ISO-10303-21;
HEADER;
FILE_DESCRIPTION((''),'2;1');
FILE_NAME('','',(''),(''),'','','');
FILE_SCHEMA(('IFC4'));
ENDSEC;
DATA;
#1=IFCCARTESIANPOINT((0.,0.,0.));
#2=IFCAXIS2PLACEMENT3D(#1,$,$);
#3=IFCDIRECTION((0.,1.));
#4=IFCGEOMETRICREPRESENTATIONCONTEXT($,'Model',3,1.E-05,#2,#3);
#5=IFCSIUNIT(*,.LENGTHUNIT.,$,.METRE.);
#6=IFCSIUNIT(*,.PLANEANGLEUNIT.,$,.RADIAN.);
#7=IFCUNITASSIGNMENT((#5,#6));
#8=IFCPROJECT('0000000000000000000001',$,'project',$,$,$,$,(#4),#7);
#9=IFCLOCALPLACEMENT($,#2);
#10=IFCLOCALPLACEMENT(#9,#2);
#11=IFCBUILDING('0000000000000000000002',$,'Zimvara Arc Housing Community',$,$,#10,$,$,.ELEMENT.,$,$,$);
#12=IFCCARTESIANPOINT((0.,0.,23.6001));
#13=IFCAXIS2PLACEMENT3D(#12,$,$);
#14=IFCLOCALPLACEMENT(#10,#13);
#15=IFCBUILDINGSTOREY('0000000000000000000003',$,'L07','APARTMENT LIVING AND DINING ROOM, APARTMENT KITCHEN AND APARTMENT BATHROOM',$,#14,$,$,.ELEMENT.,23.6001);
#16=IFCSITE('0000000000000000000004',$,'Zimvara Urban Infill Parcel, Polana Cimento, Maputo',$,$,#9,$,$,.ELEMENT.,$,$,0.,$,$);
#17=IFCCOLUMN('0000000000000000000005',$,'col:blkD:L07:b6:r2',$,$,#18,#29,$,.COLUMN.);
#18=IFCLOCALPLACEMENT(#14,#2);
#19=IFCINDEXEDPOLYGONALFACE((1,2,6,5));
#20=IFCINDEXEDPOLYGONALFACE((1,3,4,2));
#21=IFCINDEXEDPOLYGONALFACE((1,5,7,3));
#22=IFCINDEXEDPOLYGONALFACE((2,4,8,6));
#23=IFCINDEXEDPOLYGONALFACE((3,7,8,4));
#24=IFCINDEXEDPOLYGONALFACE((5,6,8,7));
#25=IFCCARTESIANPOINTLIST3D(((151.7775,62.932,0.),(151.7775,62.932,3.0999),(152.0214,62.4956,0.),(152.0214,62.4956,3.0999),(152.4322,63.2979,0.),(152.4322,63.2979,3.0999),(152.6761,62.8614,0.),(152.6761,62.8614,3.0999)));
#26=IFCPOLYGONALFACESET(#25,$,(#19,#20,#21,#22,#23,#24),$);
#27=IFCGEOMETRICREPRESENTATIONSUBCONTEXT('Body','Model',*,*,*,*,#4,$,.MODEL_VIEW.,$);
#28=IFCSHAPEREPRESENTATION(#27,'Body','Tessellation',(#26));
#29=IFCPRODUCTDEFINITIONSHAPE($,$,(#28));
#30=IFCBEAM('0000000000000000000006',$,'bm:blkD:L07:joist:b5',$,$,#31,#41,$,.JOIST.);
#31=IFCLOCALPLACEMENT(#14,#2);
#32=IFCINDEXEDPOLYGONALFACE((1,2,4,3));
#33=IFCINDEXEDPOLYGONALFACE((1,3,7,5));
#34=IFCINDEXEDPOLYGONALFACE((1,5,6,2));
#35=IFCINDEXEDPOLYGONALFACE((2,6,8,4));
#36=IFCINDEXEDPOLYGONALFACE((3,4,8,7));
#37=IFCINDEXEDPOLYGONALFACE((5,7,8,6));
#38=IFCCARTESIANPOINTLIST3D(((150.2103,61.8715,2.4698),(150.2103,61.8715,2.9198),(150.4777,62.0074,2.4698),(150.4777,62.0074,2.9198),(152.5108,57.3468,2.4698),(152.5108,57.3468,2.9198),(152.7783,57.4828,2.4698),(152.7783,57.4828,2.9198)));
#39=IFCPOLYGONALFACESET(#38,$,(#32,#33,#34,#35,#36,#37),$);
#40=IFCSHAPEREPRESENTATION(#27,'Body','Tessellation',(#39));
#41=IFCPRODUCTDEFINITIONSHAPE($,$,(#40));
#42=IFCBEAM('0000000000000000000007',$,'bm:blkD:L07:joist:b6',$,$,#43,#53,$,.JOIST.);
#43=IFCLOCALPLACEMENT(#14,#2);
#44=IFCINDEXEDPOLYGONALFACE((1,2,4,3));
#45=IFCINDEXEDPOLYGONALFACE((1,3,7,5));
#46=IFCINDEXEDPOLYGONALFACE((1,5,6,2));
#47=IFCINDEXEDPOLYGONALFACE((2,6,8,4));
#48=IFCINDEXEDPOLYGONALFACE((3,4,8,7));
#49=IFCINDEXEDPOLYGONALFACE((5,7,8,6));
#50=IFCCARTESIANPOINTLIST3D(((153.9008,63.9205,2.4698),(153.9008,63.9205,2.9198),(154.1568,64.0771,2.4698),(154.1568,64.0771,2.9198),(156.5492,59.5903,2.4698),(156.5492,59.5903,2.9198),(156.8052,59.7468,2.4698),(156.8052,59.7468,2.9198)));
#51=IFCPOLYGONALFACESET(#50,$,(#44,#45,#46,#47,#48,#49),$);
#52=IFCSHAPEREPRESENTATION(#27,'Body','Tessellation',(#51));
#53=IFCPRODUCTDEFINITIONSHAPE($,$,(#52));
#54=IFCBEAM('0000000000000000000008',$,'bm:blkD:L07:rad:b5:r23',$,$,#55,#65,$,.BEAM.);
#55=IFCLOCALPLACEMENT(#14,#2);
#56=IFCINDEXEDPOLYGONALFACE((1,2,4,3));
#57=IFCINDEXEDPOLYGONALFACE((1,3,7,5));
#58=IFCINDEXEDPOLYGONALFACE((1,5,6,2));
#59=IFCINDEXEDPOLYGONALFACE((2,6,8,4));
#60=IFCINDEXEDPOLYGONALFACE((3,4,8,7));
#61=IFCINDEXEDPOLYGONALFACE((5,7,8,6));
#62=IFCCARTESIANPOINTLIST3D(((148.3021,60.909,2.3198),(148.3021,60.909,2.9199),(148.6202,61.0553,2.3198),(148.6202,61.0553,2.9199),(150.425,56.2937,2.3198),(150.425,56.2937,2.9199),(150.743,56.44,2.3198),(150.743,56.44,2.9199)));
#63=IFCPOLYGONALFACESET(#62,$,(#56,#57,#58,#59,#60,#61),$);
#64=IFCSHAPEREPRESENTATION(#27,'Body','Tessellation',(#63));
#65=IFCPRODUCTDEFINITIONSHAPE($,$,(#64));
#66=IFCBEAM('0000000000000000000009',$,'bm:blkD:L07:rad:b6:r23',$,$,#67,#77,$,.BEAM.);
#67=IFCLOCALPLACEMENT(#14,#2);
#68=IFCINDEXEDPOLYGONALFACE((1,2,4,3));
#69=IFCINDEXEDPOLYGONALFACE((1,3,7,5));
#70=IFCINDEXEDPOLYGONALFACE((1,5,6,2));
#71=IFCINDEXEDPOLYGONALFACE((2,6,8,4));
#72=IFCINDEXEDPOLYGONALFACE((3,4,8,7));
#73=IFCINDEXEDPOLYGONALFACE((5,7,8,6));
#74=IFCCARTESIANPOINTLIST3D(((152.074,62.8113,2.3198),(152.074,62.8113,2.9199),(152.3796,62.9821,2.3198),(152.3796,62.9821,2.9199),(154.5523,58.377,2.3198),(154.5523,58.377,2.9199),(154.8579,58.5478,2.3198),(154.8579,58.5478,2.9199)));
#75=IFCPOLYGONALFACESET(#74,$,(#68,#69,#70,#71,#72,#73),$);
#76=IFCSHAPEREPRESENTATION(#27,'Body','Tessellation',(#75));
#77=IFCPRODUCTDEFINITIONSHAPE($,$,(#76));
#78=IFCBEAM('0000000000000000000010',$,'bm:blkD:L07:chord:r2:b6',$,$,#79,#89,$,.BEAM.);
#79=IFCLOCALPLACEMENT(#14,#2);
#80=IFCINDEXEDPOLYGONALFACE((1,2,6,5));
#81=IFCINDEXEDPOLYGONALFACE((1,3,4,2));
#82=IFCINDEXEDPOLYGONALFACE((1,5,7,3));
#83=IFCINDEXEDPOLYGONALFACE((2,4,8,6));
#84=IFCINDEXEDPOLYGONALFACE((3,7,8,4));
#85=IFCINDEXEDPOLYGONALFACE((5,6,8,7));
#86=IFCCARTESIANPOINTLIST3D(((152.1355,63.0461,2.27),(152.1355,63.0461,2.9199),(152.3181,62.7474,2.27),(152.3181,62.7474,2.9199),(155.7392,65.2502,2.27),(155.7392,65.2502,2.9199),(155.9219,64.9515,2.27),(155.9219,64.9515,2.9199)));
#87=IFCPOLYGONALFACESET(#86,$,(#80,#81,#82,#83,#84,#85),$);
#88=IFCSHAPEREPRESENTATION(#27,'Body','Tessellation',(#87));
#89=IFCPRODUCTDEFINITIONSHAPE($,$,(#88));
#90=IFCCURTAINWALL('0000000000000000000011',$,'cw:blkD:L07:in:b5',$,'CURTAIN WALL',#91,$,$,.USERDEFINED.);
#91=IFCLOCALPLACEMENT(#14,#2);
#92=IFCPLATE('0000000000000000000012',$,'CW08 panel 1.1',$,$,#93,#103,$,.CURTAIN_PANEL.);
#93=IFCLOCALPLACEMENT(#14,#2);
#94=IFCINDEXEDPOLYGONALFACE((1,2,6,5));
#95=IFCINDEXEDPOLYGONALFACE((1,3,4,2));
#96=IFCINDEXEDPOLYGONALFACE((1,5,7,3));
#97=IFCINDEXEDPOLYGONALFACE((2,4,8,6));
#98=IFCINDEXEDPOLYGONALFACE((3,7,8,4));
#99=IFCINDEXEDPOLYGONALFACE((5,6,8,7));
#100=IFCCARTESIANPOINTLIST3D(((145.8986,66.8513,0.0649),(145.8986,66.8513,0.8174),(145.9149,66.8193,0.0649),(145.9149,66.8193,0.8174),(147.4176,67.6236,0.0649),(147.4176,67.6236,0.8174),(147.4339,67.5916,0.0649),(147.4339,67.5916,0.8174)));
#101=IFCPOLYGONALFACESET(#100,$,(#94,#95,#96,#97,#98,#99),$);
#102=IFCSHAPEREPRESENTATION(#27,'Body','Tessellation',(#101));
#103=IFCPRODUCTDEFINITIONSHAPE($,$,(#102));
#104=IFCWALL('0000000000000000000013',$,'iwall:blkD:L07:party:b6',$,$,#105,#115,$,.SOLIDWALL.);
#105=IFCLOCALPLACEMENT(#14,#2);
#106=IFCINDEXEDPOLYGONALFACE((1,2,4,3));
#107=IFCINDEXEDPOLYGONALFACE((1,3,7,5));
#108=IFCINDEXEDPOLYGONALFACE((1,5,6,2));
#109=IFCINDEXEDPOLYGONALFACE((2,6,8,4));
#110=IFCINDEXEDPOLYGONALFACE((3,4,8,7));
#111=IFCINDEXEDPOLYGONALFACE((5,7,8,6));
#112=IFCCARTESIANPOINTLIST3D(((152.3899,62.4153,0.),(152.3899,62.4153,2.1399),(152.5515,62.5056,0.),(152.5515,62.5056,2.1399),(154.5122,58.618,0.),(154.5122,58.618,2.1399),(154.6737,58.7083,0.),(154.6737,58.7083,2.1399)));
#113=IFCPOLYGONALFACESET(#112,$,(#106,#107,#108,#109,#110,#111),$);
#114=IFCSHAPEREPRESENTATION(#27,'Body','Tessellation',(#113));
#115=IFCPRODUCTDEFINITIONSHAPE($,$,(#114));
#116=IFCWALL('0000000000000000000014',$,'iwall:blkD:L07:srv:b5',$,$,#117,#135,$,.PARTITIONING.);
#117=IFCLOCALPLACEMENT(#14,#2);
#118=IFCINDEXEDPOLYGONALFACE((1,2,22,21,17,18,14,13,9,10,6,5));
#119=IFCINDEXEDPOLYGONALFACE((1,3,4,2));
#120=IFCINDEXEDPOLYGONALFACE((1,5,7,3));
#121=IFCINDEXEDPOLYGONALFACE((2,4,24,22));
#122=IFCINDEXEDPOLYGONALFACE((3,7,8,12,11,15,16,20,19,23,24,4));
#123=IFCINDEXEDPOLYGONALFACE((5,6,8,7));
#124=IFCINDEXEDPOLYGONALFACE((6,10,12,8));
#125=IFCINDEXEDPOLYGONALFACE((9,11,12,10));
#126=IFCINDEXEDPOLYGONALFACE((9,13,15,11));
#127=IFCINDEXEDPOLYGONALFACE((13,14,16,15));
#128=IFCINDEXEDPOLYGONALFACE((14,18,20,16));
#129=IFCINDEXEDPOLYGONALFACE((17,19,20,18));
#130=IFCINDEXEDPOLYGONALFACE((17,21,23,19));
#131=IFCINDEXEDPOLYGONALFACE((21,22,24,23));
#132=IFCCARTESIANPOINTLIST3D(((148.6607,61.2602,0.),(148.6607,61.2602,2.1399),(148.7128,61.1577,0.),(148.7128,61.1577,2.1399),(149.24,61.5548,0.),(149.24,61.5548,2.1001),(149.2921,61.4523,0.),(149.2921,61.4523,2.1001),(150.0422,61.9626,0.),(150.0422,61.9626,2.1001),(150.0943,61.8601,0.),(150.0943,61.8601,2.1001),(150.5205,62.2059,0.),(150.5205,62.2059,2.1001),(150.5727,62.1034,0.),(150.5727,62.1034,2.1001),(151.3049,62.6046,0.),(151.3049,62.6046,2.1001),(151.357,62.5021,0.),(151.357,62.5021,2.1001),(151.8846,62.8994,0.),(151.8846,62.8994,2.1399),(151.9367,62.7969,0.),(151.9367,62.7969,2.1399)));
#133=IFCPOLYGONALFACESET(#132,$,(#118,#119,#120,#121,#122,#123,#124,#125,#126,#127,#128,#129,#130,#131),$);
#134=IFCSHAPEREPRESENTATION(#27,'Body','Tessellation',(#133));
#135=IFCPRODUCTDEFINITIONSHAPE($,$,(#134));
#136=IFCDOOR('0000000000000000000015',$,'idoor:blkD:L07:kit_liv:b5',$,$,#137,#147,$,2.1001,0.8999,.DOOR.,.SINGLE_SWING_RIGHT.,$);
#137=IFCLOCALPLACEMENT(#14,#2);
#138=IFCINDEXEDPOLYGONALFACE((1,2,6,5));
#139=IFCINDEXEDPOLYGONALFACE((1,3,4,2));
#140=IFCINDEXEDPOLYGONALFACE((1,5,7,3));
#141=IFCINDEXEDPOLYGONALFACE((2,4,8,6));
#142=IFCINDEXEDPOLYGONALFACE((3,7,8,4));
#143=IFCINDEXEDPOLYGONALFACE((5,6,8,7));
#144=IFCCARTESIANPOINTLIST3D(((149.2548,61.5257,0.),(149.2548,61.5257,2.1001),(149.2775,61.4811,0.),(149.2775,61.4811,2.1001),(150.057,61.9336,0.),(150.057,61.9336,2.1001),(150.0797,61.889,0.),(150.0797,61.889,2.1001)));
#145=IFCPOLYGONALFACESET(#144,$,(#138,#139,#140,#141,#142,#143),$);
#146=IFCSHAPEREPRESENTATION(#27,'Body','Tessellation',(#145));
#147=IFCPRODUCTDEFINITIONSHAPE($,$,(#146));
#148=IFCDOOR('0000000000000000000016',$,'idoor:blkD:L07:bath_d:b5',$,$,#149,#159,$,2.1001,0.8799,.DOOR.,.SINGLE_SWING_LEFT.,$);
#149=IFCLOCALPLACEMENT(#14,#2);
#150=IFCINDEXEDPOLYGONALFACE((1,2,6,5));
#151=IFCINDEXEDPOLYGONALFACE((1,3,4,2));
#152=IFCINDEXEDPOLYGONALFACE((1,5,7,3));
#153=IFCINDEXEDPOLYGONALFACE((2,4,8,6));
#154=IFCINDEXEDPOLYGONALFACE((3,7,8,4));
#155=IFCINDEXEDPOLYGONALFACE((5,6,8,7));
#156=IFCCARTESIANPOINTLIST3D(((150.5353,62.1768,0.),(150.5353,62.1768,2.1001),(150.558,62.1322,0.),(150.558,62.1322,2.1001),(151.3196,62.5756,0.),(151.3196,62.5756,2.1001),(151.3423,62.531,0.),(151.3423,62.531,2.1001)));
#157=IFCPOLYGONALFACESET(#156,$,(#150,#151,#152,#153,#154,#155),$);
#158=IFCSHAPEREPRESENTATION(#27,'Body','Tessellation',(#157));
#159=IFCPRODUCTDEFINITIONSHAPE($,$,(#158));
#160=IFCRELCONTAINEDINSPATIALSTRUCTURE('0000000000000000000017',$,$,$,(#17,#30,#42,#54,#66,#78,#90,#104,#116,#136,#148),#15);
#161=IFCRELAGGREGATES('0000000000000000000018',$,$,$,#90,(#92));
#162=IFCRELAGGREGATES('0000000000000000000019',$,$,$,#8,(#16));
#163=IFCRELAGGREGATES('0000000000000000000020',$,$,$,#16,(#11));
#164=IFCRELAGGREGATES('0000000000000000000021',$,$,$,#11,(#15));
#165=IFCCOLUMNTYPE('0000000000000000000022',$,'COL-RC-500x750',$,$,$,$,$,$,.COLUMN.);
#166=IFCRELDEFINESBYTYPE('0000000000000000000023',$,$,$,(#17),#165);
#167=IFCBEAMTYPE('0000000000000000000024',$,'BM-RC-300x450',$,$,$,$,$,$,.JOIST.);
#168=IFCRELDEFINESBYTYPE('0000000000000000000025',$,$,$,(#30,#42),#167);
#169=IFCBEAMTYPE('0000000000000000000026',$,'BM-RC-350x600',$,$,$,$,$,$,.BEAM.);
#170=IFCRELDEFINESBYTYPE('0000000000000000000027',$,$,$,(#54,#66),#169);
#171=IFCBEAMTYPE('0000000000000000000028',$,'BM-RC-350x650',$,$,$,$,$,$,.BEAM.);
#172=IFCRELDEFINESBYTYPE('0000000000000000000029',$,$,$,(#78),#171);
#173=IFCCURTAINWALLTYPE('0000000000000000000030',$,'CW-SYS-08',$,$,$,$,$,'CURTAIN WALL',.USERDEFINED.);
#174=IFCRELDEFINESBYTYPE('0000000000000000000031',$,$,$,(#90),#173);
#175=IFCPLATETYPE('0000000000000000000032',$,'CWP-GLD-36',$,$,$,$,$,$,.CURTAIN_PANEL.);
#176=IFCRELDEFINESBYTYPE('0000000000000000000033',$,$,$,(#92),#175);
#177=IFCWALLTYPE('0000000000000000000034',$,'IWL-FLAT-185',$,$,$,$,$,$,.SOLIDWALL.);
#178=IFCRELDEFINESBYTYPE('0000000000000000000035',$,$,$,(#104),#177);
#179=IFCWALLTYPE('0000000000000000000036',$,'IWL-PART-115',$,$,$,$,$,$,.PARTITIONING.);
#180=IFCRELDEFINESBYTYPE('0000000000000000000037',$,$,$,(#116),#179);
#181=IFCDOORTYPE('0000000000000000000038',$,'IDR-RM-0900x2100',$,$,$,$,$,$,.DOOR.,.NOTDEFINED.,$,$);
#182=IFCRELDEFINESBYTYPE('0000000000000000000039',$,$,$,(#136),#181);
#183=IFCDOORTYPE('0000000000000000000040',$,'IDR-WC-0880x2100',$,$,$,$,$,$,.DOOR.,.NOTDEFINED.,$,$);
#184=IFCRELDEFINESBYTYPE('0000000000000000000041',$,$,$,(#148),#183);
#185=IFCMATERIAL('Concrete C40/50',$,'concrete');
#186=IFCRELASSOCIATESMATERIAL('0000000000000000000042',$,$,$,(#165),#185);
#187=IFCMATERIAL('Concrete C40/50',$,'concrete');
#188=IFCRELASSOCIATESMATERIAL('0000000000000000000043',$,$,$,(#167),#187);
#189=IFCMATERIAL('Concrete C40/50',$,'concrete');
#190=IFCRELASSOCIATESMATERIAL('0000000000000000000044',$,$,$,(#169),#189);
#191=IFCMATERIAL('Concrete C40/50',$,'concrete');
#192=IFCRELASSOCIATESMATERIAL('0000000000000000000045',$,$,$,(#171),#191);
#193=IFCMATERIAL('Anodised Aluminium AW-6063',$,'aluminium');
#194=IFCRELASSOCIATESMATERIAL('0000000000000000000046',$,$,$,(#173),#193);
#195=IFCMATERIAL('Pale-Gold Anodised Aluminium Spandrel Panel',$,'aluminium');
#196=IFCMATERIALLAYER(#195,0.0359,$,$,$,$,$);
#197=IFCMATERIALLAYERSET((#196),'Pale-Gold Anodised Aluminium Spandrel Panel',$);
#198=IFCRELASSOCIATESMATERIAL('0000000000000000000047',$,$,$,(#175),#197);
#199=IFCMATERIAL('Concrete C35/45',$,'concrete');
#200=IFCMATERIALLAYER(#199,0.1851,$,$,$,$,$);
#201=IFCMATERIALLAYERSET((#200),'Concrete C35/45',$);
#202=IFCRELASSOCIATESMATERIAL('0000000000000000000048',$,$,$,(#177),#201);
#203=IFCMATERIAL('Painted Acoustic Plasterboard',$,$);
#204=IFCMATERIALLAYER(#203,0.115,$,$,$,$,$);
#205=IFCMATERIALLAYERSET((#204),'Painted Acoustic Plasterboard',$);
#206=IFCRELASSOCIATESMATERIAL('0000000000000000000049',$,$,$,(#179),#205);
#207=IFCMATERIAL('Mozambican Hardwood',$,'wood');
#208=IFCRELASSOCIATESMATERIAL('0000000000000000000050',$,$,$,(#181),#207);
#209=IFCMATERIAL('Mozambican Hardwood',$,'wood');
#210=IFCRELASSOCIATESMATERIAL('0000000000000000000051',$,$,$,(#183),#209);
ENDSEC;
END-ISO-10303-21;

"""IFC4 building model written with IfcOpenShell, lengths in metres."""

from ifc_helpers import new_model, si_unit, direction, frame, frame_2d, origin, origin_2d, place, context, subcontext, project, spatial, rectangle, extrude, material, layer, layer_set, material_profile, profile_set, type_object, element, fill, aggregate, save


model = new_model("IFC4")

# Units and contexts
model_context = context("Model", 3, precision=1e-05, world=origin(), true_north=direction((0.0, 1.0)))
body_context = subcontext(model_context, "Body", "Model", "MODEL_VIEW")
ifc_project = project(units=[si_unit("LENGTHUNIT", "METRE"), si_unit("PLANEANGLEUNIT", "RADIAN")], contexts=[model_context])

# Site, building, storey
site_placement = place(None, origin())
site = spatial("IfcSite", under=ifc_project, at=site_placement, Name="Zimvara Urban Infill Parcel, Polana Cimento, Maputo", CompositionType="ELEMENT", RefElevation=0.0)
building_placement = place(site_placement, origin())
building = spatial("IfcBuilding", under=site, at=building_placement, Name="Zimvara Arc Housing Community", CompositionType="ELEMENT")
storey_placement = place(building_placement, frame((0.0, 0.0, 23.6001)))
storey = spatial("IfcBuildingStorey", under=building, at=storey_placement, Name="L07", Description="APARTMENT LIVING AND DINING ROOM, APARTMENT KITCHEN AND APARTMENT BATHROOM", CompositionType="ELEMENT", Elevation=23.6001)

# Column
ifc_material_1 = material(Name="Concrete C40/50", Category="concrete")
ifc_material_profile_1 = material_profile(ifc_material_1, rectangle(XDim=0.5, YDim=0.75, at=origin_2d()), Name="RC 500x750")
ifc_profile_set_1 = profile_set([ifc_material_profile_1], Name="Concrete C40/50")
column_type = type_object("IfcColumnType", Name="COL-RC-500x750", PredefinedType="COLUMN", material=ifc_profile_set_1)
column_placement = place(storey_placement, frame((152.2268, 62.8967, 0.0), z_axis=(0.0, 0.0, 1.0), x_axis=(0.48786, -0.872922, 0.0)))
element("IfcColumn", 1, at=column_placement, inside=storey, type_object=column_type, Name="col:blkD:L07:b6:r2", PredefinedType="COLUMN", context=body_context, shape_type="SweptSolid", body=[
    extrude(rectangle(XDim=0.5, YDim=0.75, at=origin_2d()), origin(), (0.0, 0.0, 1.0), 3.0999),
])

# Beams
ifc_material_2 = material(Name="Concrete C40/50", Category="concrete")
ifc_material_profile_2 = material_profile(ifc_material_2, rectangle(XDim=0.3, YDim=0.45, at=origin_2d()), Name="RC 300x450")
ifc_profile_set_2 = profile_set([ifc_material_profile_2], Name="Concrete C40/50")
beam_type_1 = type_object("IfcBeamType", Name="BM-RC-300x450", PredefinedType="JOIST", material=ifc_profile_set_2)
for number, where, z_axis, x_axis, name in (
    (2, (150.344, 61.9395, 2.6948), (0.453225, -0.891396, 0.0), (0.891396, 0.453225, 0.0), "bm:blkD:L07:joist:b5"),
    (3, (154.0288, 63.9988, 2.6948), (0.521755, -0.853095, 0.0), (0.853095, 0.521755, 0.0), "bm:blkD:L07:joist:b6"),
):
    element("IfcBeam", number, at=place(storey_placement, frame(where, z_axis=z_axis, x_axis=x_axis)), inside=storey, type_object=beam_type_1, Name=name, PredefinedType="JOIST", context=body_context, shape_type="SweptSolid", body=[
        extrude(rectangle(XDim=0.3, YDim=0.45, at=origin_2d()), origin(), (0.0, 0.0, 1.0), 5.0759),
    ])
ifc_material_3 = material(Name="Concrete C40/50", Category="concrete")
ifc_material_profile_3 = material_profile(ifc_material_3, rectangle(XDim=0.3501, YDim=0.6001, at=origin_2d()), Name="RC 350x600")
ifc_profile_set_3 = profile_set([ifc_material_profile_3], Name="Concrete C40/50")
beam_type_2 = type_object("IfcBeamType", Name="BM-RC-350x600", PredefinedType="BEAM", material=ifc_profile_set_3)
beam_1_placement = place(storey_placement, frame((148.4612, 60.9822, 2.6199), z_axis=(0.417872, -0.908506, 0.0), x_axis=(0.908506, 0.417872, 0.0)))
element("IfcBeam", 4, at=beam_1_placement, inside=storey, type_object=beam_type_2, Name="bm:blkD:L07:rad:b5:r23", PredefinedType="BEAM", context=body_context, shape_type="SweptSolid", body=[
    extrude(rectangle(XDim=0.3501, YDim=0.6001, at=origin_2d()), origin(), (0.0, 0.0, 1.0), 5.0801),
])
beam_2_placement = place(storey_placement, frame((152.2268, 62.8967, 2.6199), z_axis=(0.487861, -0.872921, 0.0), x_axis=(0.872921, 0.487861, 0.0)))
element("IfcBeam", 5, at=beam_2_placement, inside=storey, type_object=beam_type_2, Name="bm:blkD:L07:rad:b6:r23", PredefinedType="BEAM", context=body_context, shape_type="SweptSolid", body=[
    extrude(rectangle(XDim=0.3501, YDim=0.6001, at=origin_2d()), origin(), (0.0, 0.0, 1.0), 5.0798),
])
ifc_material_4 = material(Name="Concrete C40/50", Category="concrete")
ifc_material_profile_4 = material_profile(ifc_material_4, rectangle(XDim=0.3501, YDim=0.6499, at=origin_2d()), Name="RC 350x650")
ifc_profile_set_4 = profile_set([ifc_material_profile_4], Name="Concrete C40/50")
beam_type_3 = type_object("IfcBeamType", Name="BM-RC-350x650", PredefinedType="BEAM", material=ifc_profile_set_4)
beam_3_placement = place(storey_placement, frame((152.2268, 62.8967, 2.595), z_axis=(0.853092, 0.521761, 0.0), x_axis=(-0.521761, 0.853092, 0.0)))
element("IfcBeam", 6, at=beam_3_placement, inside=storey, type_object=beam_type_3, Name="bm:blkD:L07:chord:r2:b6", PredefinedType="BEAM", context=body_context, shape_type="SweptSolid", body=[
    extrude(rectangle(XDim=0.3501, YDim=0.6499, at=origin_2d()), origin(), (0.0, 0.0, 1.0), 4.2244),
])

# Curtain wall, plate
ifc_material_5 = material(Name="Anodised Aluminium AW-6063", Category="aluminium")
curtain_wall_type = type_object("IfcCurtainWallType", Name="CW-SYS-08", ElementType="CURTAIN WALL", PredefinedType="USERDEFINED", material=ifc_material_5)
curtain_wall_placement = place(storey_placement, origin())
curtain_wall = element("IfcCurtainWall", 7, at=curtain_wall_placement, inside=storey, type_object=curtain_wall_type, Name="cw:blkD:L07:in:b5", ObjectType="CURTAIN WALL", PredefinedType="USERDEFINED")
ifc_material_6 = material(Name="Pale-Gold Anodised Aluminium Spandrel Panel", Category="aluminium")
ifc_layer_1 = layer(ifc_material_6, 0.0359)
ifc_layer_set_1 = layer_set([ifc_layer_1], Name="Pale-Gold Anodised Aluminium Spandrel Panel")
plate_type = type_object("IfcPlateType", Name="CWP-GLD-36", PredefinedType="CURTAIN_PANEL", material=ifc_layer_set_1)
plate_placement = place(storey_placement, frame((146.6663, 67.2214, 0.0649), z_axis=(0.0, 0.0, 1.0), x_axis=(0.891402, 0.453213, 0.0)))
plate = element("IfcPlate", 8, at=plate_placement, type_object=plate_type, Name="CW08 panel 1.1", PredefinedType="CURTAIN_PANEL", context=body_context, shape_type="SweptSolid", body=[
    extrude(rectangle(XDim=1.7041, YDim=0.0359, at=origin_2d()), origin(), (0.0, 0.0, 1.0), 0.7524),
])
aggregate(curtain_wall, [plate])

# Wall
ifc_material_7 = material(Name="Concrete C35/45", Category="concrete")
ifc_layer_2 = layer(ifc_material_7, 0.1851)
ifc_layer_set_2 = layer_set([ifc_layer_2], Name="Concrete C35/45")
wall_type_1 = type_object("IfcWallType", Name="IWL-FLAT-185", PredefinedType="SOLIDWALL", material=ifc_layer_set_2)
wall_1_placement = place(storey_placement, frame((152.4707, 62.4604, 0.0), z_axis=(0.0, 0.0, 1.0), x_axis=(0.487867, -0.872918, 0.0)))
element("IfcWall", 9, at=wall_1_placement, inside=storey, type_object=wall_type_1, Name="iwall:blkD:L07:party:b6", PredefinedType="SOLIDWALL", context=body_context, shape_type="SweptSolid", body=[
    extrude(rectangle(XDim=4.3501, YDim=0.1851, at=frame_2d((2.175, 0.0))), origin(), (0.0, 0.0, 1.0), 2.1399),
])

# Wall, openings, doors
ifc_material_8 = material(Name="Painted Acoustic Plasterboard")
ifc_layer_3 = layer(ifc_material_8, 0.115)
ifc_layer_set_3 = layer_set([ifc_layer_3], Name="Painted Acoustic Plasterboard")
wall_type_2 = type_object("IfcWallType", Name="IWL-PART-115", PredefinedType="PARTITIONING", material=ifc_layer_set_3)
wall_2_placement = place(storey_placement, frame((148.6868, 61.209, 0.0), z_axis=(0.0, 0.0, 1.0), x_axis=(0.891396, 0.453225, 0.0)))
wall_2 = element("IfcWall", 10, at=wall_2_placement, inside=storey, type_object=wall_type_2, Name="iwall:blkD:L07:srv:b5", PredefinedType="PARTITIONING", context=body_context, shape_type="SweptSolid", body=[
    extrude(rectangle(XDim=3.6167, YDim=0.115, at=frame_2d((1.8083, 0.0))), origin(), (0.0, 0.0, 1.0), 2.1399),
])
opening_1_placement = place(wall_2_placement, frame((0.6499, 0.0, 0.0)))
opening_1 = element("IfcOpeningElement", 11, at=opening_1_placement, cuts=wall_2, PredefinedType="OPENING", context=body_context, shape_type="SweptSolid", body=[
    extrude(rectangle(XDim=0.8999, YDim=2.1001, at=frame_2d((0.45, 1.05))), frame((0.0, 0.0674, 0.0), z_axis=(0.0, -1.0, 0.0), x_axis=(1.0, 0.0, 0.0)), (0.0, 0.0, 1.0), 0.135),
])
opening_2_placement = place(wall_2_placement, frame((2.0864, 0.0, 0.0)))
opening_2 = element("IfcOpeningElement", 12, at=opening_2_placement, cuts=wall_2, PredefinedType="OPENING", context=body_context, shape_type="SweptSolid", body=[
    extrude(rectangle(XDim=0.8799, YDim=2.1001, at=frame_2d((0.4399, 1.05))), frame((0.0, 0.0674, 0.0), z_axis=(0.0, -1.0, 0.0), x_axis=(1.0, 0.0, 0.0)), (0.0, 0.0, 1.0), 0.135),
])
ifc_material_9 = material(Name="Mozambican Hardwood", Category="wood")
door_type_1 = type_object("IfcDoorType", Name="IDR-RM-0900x2100", OperationType="NOTDEFINED", PredefinedType="DOOR", material=ifc_material_9)
door_1_placement = place(opening_1_placement, origin())
door_1 = element("IfcDoor", 13, at=door_1_placement, inside=storey, type_object=door_type_1, Name="idoor:blkD:L07:kit_liv:b5", OperationType="SINGLE_SWING_RIGHT", OverallHeight=2.1001, OverallWidth=0.8999, PredefinedType="DOOR", context=body_context, shape_type="SweptSolid", body=[
    extrude(rectangle(XDim=0.8999, YDim=2.1001, at=frame_2d((0.45, 1.05))), frame((0.0, 0.0249, 0.0), z_axis=(0.0, -1.0, 0.0), x_axis=(1.0, 0.0, 0.0)), (0.0, 0.0, 1.0), 0.05),
])
fill(opening_1, door_1)
ifc_material_10 = material(Name="Mozambican Hardwood", Category="wood")
door_type_2 = type_object("IfcDoorType", Name="IDR-WC-0880x2100", OperationType="NOTDEFINED", PredefinedType="DOOR", material=ifc_material_10)
door_2_placement = place(opening_2_placement, origin())
door_2 = element("IfcDoor", 14, at=door_2_placement, inside=storey, type_object=door_type_2, Name="idoor:blkD:L07:bath_d:b5", OperationType="SINGLE_SWING_LEFT", OverallHeight=2.1001, OverallWidth=0.8799, PredefinedType="DOOR", context=body_context, shape_type="SweptSolid", body=[
    extrude(rectangle(XDim=0.8799, YDim=2.1001, at=frame_2d((0.4399, 1.05))), frame((0.0, 0.0249, 0.0), z_axis=(0.0, -1.0, 0.0), x_axis=(1.0, 0.0, 0.0)), (0.0, 0.0, 1.0), 0.05),
])
fill(opening_2, door_2)

save(model, "model.ifc")
